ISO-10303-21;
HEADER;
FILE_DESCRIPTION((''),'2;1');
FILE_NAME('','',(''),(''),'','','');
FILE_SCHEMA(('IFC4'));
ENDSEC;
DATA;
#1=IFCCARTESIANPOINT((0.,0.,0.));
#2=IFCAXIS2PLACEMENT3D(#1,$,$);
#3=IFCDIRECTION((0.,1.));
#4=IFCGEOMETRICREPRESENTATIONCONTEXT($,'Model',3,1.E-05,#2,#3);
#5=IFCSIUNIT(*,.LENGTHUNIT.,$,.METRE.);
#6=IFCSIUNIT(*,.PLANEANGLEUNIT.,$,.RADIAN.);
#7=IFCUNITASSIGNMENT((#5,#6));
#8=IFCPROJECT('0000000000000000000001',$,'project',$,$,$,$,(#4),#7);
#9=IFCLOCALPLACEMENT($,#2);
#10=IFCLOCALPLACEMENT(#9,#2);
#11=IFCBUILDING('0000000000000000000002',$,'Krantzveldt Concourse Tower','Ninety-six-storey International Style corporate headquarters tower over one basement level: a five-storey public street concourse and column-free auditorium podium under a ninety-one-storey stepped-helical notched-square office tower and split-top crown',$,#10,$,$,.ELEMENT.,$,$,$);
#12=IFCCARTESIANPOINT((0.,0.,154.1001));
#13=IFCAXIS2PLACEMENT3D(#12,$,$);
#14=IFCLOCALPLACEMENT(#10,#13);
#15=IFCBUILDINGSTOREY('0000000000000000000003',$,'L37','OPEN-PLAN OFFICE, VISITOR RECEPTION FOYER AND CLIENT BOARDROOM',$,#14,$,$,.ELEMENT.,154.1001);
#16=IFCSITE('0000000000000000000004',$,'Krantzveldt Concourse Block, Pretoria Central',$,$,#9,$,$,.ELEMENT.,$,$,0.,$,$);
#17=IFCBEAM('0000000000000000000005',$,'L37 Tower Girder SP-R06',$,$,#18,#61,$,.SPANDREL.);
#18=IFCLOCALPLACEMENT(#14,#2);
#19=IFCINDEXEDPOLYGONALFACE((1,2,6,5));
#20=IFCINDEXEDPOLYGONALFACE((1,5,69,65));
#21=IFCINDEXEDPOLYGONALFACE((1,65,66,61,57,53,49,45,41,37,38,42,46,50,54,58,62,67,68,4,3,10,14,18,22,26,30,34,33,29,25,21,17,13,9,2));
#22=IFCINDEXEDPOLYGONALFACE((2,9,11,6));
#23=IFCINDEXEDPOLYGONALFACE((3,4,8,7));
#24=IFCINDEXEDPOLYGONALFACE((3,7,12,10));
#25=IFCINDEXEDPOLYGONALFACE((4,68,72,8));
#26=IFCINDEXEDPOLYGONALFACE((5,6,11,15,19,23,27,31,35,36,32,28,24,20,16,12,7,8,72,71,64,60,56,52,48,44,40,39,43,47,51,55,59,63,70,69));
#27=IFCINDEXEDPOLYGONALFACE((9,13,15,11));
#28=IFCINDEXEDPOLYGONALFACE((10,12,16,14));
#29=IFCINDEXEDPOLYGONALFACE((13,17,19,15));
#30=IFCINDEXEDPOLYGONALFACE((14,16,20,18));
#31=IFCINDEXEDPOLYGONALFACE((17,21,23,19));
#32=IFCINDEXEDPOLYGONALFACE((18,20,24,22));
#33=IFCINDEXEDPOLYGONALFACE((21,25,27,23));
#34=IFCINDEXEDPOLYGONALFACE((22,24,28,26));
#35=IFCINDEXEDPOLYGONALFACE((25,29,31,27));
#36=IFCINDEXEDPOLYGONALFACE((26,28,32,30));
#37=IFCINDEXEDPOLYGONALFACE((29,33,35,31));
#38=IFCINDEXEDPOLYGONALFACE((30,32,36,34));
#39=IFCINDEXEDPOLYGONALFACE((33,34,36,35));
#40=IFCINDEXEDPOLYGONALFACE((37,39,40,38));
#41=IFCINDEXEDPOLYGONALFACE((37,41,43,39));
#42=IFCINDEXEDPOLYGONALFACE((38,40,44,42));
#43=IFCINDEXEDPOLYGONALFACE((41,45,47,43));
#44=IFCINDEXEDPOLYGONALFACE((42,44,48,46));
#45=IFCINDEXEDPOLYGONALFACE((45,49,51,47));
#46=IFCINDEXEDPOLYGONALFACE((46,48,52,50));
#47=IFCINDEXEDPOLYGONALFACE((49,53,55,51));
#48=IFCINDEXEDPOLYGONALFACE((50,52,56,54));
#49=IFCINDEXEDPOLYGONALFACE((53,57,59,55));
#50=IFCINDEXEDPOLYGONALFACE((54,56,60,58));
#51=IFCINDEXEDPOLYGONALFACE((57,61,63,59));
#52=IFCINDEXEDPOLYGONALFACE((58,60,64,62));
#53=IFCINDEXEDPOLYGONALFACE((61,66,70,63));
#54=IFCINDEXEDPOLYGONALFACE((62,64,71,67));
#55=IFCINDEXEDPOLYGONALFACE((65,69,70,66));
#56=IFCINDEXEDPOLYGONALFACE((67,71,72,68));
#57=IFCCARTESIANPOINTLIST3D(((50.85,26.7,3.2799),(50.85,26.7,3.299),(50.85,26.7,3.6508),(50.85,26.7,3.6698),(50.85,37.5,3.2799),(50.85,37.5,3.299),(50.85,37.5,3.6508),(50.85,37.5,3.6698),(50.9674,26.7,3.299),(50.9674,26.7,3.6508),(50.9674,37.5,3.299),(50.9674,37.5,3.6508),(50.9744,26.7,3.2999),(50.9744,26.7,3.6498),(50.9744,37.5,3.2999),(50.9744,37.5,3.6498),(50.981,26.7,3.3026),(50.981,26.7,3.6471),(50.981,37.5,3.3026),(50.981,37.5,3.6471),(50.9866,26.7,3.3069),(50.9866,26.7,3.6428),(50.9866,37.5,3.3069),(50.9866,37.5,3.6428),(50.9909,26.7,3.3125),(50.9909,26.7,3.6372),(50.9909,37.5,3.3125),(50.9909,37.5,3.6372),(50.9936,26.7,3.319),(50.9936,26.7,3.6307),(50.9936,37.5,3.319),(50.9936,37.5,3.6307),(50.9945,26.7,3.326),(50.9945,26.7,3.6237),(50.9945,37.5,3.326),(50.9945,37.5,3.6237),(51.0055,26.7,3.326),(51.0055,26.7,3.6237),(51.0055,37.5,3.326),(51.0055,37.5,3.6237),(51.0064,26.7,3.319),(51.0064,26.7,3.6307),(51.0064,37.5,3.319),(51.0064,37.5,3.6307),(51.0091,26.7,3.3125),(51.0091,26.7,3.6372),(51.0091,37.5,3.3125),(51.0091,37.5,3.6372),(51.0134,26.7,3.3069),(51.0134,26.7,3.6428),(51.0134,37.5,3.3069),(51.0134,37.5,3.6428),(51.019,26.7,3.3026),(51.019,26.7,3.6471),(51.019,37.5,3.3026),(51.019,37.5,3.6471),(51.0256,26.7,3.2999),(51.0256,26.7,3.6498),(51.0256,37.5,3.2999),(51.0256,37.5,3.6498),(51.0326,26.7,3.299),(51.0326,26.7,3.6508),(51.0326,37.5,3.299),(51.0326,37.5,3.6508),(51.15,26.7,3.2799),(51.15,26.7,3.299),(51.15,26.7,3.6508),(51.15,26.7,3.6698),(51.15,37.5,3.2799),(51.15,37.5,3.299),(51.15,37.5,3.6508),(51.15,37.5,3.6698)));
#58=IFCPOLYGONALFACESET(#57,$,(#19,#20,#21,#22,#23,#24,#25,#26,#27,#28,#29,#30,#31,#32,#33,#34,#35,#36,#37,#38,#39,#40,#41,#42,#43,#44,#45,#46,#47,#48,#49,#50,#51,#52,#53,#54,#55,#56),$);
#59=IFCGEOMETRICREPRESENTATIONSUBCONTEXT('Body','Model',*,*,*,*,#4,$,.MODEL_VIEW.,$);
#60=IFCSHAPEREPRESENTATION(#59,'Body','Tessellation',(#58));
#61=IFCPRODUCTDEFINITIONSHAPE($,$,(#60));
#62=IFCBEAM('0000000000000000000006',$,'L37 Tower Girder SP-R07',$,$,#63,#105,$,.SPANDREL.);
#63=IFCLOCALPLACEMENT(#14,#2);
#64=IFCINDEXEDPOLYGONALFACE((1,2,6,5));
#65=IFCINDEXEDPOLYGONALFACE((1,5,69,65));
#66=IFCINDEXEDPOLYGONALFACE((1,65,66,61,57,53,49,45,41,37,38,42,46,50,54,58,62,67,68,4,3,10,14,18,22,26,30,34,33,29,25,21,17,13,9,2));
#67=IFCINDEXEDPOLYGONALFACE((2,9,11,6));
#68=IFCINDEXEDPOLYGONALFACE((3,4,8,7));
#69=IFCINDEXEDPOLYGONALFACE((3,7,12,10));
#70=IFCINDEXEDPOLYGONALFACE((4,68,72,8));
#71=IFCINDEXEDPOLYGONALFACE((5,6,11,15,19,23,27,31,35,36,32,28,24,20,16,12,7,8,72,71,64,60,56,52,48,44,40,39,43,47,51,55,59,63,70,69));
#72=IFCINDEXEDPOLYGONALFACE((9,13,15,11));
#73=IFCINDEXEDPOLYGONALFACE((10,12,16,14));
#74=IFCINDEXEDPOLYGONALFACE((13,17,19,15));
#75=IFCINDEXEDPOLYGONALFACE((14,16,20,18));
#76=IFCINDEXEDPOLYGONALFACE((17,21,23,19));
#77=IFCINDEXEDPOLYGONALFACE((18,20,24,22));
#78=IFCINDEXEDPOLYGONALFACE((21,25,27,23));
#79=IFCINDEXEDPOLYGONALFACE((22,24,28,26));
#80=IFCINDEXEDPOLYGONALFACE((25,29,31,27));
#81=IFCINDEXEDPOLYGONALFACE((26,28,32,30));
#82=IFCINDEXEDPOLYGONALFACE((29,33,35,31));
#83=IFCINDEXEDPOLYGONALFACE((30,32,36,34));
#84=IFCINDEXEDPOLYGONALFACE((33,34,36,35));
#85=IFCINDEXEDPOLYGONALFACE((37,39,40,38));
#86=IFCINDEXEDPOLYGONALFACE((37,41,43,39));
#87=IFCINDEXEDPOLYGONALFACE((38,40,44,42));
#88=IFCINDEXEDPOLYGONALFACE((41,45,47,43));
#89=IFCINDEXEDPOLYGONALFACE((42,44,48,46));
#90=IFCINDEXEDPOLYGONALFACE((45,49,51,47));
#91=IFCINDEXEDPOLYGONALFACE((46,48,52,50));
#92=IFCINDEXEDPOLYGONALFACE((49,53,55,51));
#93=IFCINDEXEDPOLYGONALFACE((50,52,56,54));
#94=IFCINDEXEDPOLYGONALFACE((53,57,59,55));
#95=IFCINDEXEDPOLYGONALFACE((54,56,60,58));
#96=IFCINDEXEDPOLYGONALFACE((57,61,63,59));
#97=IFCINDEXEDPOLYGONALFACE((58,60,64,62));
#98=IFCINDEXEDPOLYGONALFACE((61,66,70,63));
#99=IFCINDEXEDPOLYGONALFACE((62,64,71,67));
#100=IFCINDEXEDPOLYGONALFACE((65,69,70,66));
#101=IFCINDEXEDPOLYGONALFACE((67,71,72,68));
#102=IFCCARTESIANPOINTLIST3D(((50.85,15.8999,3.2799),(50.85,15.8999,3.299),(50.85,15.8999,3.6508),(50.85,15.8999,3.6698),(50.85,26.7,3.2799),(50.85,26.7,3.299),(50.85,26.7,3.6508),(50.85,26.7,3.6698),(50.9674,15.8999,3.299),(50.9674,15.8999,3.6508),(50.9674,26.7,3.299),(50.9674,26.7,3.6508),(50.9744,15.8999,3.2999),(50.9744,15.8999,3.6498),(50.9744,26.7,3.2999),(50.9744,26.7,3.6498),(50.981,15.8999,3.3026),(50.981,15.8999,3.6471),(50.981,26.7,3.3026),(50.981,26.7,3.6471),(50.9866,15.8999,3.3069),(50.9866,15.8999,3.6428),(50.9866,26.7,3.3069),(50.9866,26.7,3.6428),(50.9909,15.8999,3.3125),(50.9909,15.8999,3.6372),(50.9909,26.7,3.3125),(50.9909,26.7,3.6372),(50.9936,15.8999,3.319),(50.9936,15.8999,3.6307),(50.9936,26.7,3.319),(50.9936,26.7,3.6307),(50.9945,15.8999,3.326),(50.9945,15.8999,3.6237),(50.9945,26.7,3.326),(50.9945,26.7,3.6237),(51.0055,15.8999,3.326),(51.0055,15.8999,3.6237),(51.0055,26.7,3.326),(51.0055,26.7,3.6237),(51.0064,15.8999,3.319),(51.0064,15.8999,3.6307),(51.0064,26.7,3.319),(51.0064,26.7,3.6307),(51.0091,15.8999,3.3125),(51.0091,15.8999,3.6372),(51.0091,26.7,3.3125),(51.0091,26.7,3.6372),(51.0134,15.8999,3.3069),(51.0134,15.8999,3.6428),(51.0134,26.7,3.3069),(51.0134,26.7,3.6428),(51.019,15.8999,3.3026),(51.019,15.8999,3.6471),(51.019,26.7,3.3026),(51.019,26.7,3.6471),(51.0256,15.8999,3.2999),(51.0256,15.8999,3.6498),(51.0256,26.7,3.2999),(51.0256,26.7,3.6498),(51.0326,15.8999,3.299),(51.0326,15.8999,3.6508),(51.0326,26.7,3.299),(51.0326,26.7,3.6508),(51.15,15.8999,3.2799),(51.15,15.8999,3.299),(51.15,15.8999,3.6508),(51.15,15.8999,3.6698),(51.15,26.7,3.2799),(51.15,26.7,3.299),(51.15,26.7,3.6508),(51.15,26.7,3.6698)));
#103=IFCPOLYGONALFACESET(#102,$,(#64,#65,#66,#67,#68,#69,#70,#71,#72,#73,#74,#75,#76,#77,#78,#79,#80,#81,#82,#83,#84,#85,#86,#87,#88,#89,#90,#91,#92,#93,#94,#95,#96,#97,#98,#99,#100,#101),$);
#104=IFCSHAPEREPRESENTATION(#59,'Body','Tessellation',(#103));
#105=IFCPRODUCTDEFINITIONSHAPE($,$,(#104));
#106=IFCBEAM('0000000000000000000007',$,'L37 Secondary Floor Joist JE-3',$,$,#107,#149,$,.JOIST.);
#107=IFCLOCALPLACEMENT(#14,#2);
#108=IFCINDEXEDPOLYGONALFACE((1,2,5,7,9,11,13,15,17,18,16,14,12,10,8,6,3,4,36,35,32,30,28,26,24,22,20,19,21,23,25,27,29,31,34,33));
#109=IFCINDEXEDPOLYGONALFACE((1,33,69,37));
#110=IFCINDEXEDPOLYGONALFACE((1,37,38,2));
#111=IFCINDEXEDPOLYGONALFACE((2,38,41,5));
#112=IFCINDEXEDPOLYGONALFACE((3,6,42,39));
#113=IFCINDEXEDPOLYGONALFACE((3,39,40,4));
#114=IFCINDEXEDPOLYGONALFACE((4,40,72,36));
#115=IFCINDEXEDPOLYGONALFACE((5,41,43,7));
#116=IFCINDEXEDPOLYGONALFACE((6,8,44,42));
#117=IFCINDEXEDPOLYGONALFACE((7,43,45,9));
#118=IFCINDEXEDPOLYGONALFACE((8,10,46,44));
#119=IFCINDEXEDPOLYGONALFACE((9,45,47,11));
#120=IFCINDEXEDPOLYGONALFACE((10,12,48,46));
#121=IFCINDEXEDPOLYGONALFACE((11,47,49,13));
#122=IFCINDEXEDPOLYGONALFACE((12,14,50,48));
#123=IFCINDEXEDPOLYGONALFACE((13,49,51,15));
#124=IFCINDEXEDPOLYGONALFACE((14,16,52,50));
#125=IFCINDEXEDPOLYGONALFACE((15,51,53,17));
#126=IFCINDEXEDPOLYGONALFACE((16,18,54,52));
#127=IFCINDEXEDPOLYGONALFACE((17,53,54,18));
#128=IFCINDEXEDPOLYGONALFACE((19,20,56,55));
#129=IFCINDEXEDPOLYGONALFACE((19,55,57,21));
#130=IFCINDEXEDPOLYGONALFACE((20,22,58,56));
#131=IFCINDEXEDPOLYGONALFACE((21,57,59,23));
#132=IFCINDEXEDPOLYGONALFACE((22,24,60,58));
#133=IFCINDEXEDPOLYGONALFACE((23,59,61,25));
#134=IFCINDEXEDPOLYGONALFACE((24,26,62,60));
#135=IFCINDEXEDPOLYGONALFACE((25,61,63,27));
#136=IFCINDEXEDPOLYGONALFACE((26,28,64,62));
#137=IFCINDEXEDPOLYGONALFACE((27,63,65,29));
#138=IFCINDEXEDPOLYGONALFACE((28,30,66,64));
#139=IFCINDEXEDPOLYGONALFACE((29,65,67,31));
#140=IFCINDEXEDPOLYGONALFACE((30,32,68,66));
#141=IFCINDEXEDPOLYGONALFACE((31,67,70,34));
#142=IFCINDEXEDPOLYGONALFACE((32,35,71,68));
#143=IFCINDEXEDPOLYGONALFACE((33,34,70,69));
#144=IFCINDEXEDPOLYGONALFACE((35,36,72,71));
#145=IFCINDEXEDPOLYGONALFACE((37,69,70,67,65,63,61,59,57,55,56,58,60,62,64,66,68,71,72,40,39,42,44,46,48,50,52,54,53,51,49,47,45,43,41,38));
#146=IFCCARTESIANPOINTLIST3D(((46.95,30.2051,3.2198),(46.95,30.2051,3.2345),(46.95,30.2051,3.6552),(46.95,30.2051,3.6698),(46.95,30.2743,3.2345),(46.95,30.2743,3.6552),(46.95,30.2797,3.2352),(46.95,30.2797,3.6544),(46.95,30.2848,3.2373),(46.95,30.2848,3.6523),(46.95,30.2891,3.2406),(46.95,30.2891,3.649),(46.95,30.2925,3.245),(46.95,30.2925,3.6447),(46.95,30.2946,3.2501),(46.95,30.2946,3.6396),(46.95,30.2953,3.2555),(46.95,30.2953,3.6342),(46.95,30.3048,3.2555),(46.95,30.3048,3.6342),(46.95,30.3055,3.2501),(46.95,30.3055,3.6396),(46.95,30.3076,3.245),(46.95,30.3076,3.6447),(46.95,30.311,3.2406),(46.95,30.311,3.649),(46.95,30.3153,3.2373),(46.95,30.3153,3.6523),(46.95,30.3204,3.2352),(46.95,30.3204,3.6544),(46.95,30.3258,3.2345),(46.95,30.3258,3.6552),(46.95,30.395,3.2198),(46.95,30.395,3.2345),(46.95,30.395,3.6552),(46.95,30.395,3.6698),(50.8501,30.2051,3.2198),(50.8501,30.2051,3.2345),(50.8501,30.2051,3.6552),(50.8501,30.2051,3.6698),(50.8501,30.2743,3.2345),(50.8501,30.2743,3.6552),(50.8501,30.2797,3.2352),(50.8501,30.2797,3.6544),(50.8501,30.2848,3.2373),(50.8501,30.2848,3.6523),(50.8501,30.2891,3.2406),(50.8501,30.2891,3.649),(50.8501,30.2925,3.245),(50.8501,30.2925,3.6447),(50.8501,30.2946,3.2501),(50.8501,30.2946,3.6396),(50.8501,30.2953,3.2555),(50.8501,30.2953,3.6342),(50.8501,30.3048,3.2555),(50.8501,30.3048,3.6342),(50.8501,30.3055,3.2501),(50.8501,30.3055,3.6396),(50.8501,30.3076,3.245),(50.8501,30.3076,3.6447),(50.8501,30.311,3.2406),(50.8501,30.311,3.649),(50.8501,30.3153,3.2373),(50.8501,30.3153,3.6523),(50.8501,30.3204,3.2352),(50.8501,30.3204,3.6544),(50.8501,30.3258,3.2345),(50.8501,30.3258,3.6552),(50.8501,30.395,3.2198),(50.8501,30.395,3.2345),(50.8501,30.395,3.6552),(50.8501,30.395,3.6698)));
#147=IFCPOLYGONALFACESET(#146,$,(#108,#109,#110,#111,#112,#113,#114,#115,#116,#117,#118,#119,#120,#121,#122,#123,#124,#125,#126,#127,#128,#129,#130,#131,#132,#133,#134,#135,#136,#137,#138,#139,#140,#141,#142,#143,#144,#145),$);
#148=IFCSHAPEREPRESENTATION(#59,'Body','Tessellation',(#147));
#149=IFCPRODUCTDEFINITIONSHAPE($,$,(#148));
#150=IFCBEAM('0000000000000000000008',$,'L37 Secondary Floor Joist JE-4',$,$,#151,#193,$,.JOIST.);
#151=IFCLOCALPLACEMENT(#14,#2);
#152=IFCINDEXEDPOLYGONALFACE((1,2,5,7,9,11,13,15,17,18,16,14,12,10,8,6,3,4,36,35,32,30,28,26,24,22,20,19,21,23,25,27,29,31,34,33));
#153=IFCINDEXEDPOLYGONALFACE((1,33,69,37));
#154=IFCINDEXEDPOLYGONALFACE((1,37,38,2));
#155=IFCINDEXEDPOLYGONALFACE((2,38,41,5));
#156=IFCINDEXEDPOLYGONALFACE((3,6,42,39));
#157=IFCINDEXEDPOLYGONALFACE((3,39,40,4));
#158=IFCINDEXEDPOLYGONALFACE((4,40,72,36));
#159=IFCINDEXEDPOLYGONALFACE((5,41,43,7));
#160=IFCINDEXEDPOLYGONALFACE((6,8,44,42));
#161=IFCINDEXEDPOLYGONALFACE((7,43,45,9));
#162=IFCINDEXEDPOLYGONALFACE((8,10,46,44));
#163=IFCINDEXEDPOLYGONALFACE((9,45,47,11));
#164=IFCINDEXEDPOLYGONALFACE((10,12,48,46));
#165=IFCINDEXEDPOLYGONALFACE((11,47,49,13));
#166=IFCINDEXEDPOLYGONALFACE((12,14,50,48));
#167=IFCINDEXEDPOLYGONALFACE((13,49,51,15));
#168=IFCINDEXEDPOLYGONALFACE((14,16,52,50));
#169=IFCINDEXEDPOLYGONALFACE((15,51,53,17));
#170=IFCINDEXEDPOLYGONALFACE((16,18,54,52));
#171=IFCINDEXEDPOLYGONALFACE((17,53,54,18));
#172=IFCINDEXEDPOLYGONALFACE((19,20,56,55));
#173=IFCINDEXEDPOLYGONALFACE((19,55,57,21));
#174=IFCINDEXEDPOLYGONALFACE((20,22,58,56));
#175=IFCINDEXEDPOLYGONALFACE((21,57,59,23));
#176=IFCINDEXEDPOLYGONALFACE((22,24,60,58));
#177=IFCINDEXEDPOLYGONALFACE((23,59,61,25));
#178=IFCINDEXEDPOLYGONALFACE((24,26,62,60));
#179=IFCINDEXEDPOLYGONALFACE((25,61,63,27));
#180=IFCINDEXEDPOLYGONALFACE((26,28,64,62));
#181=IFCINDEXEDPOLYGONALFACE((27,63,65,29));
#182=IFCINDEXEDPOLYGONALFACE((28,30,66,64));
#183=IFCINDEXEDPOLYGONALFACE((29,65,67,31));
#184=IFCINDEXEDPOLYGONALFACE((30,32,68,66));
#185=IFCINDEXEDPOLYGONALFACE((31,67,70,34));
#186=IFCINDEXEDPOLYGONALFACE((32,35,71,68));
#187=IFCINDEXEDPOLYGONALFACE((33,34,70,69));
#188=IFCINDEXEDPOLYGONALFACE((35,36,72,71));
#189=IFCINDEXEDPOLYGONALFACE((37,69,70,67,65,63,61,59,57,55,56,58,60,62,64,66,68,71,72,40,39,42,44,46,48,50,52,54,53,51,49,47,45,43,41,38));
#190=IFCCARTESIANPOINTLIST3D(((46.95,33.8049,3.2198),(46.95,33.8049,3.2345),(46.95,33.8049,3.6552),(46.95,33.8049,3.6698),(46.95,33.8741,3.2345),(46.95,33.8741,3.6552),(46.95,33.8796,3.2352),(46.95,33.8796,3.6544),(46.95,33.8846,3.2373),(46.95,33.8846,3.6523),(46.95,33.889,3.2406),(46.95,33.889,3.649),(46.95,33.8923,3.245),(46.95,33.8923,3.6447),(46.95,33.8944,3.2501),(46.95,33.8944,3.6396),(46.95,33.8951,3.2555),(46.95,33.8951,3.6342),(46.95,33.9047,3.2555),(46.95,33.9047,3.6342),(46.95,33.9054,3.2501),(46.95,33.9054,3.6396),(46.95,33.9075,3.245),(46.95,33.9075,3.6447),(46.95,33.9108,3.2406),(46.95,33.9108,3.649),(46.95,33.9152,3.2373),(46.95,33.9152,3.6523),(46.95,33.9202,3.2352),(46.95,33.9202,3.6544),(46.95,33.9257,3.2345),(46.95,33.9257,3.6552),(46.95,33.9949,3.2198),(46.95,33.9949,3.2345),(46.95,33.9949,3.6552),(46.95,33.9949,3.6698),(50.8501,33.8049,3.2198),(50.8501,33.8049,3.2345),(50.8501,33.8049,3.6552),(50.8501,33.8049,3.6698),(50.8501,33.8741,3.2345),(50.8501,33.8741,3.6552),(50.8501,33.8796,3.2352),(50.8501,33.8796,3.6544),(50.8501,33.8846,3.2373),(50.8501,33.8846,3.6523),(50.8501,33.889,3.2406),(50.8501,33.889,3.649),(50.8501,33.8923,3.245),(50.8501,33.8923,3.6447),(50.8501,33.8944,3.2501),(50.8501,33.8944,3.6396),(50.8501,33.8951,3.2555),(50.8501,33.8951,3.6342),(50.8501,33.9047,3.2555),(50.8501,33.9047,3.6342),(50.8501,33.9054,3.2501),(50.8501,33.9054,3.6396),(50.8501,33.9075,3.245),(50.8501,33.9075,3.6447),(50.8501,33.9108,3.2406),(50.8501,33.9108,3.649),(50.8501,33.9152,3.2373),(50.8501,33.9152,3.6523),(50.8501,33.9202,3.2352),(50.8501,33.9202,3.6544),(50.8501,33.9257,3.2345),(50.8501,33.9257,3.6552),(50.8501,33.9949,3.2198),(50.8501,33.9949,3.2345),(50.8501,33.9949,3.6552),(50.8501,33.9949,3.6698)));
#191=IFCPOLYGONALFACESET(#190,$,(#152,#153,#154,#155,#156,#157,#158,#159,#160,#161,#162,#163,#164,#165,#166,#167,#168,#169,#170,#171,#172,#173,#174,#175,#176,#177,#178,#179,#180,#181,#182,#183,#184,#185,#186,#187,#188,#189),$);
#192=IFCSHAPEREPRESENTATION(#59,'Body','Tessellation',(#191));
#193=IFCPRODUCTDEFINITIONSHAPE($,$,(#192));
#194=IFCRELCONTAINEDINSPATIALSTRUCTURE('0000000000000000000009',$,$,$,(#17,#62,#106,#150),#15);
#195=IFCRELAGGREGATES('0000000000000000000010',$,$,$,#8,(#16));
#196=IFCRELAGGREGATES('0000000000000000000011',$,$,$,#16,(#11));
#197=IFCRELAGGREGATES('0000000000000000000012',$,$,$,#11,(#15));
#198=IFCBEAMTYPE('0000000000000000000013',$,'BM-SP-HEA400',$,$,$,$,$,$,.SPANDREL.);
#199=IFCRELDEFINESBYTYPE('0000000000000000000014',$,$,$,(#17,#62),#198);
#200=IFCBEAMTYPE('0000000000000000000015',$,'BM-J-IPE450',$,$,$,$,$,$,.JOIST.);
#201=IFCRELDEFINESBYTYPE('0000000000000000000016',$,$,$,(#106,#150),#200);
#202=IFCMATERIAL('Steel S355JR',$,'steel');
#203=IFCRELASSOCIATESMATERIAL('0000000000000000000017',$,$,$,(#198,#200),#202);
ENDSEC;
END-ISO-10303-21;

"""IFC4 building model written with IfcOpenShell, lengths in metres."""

from ifc_helpers import new_model, si_unit, direction, frame, origin, origin_2d, place, context, subcontext, project, spatial, i_section, extrude, source, transform, mapped, material, material_profile, profile_set, type_object, type_shapes, element, save


model = new_model("IFC4")

# Units and contexts
model_context = context("Model", 3, precision=1e-05, world=origin(), true_north=direction((0.0, 1.0)))
body_context = subcontext(model_context, "Body", "Model", "MODEL_VIEW")
ifc_project = project(units=[si_unit("LENGTHUNIT", "METRE"), si_unit("PLANEANGLEUNIT", "RADIAN")], contexts=[model_context])

# Site, building, storey
site_placement = place(None, origin())
site = spatial("IfcSite", under=ifc_project, at=site_placement, Name="Krantzveldt Concourse Block, Pretoria Central", CompositionType="ELEMENT", RefElevation=0.0)
building_placement = place(site_placement, origin())
building = spatial("IfcBuilding", under=site, at=building_placement, Name="Krantzveldt Concourse Tower", Description="Ninety-six-storey International Style corporate headquarters tower over one basement level: a five-storey public street concourse and column-free auditorium podium under a ninety-one-storey stepped-helical notched-square office tower and split-top crown", CompositionType="ELEMENT")
storey_placement = place(building_placement, frame((0.0, 0.0, 154.1001)))
storey = spatial("IfcBuildingStorey", under=building, at=storey_placement, Name="L37", Description="OPEN-PLAN OFFICE, VISITOR RECEPTION FOYER AND CLIENT BOARDROOM", CompositionType="ELEMENT", Elevation=154.1001)

# Beams
ifc_material_1 = material(Name="Steel S355JR", Category="steel")
ifc_material_profile_1 = material_profile(ifc_material_1, i_section(OverallWidth=0.3, OverallDepth=0.3899, WebThickness=0.011, FlangeThickness=0.019, FilletRadius=0.0271, at=origin_2d()), Name="Steel S355JR", Category="steel")
ifc_profile_set_1 = profile_set([ifc_material_profile_1], Name="Steel S355JR - HEA 400")
beam_type_1 = type_object("IfcBeamType", Name="BM-SP-HEA400", PredefinedType="SPANDREL", material=ifc_profile_set_1)
shared_shape_1 = source(origin(), body_context, "Body", "SweptSolid", [
    extrude(i_section(OverallWidth=0.3, OverallDepth=0.3899, WebThickness=0.011, FlangeThickness=0.019, FilletRadius=0.0271, at=origin_2d()), origin(), (0.0, 0.0, 1.0), 10.8),
])
type_shapes(beam_type_1, [shared_shape_1])
for number, where, z_axis, x_axis, name in (
    (1, (51.0, 37.5, 3.4749), (0.0, -1.0, 0.0), (1.0, 0.0, 0.0), "L37 Tower Girder SP-R06"),
    (2, (51.0, 26.7, 3.4749), (0.0, -1.0, 0.0), (1.0, 0.0, 0.0), "L37 Tower Girder SP-R07"),
):
    element("IfcBeam", number, at=place(storey_placement, frame(where, z_axis=z_axis, x_axis=x_axis)), inside=storey, type_object=beam_type_1, Name=name, PredefinedType="SPANDREL", context=body_context, shape_type="MappedRepresentation", body=[
        mapped(shared_shape_1, transform((0.0, 0.0, 0.0), x_axis=(1.0, 0.0, 0.0), y_axis=(0.0, 1.0, 0.0), z_axis=(0.0, 0.0, 1.0), scale=1.0)),
    ])
ifc_material_profile_2 = material_profile(ifc_material_1, i_section(OverallWidth=0.1899, OverallDepth=0.45, WebThickness=0.0095, FlangeThickness=0.0146, FilletRadius=0.021, at=origin_2d()), Name="Steel S355JR", Category="steel")
ifc_profile_set_2 = profile_set([ifc_material_profile_2], Name="Steel S355JR - IPE 450")
beam_type_2 = type_object("IfcBeamType", Name="BM-J-IPE450", PredefinedType="JOIST", material=ifc_profile_set_2)
shared_shape_2 = source(origin(), body_context, "Body", "SweptSolid", [
    extrude(i_section(OverallWidth=0.1899, OverallDepth=0.45, WebThickness=0.0095, FlangeThickness=0.0146, FilletRadius=0.021, at=origin_2d()), origin(), (0.0, 0.0, 1.0), 3.9001),
])
type_shapes(beam_type_2, [shared_shape_2])
for number, where, z_axis, x_axis, name in (
    (3, (46.95, 30.3, 3.4448), (1.0, 0.0, 0.0), (0.0, 1.0, 0.0), "L37 Secondary Floor Joist JE-3"),
    (4, (46.95, 33.8999, 3.4448), (1.0, 0.0, 0.0), (0.0, 1.0, 0.0), "L37 Secondary Floor Joist JE-4"),
):
    element("IfcBeam", number, at=place(storey_placement, frame(where, z_axis=z_axis, x_axis=x_axis)), inside=storey, type_object=beam_type_2, Name=name, PredefinedType="JOIST", context=body_context, shape_type="MappedRepresentation", body=[
        mapped(shared_shape_2, transform((0.0, 0.0, 0.0), x_axis=(1.0, 0.0, 0.0), y_axis=(0.0, 1.0, 0.0), z_axis=(0.0, 0.0, 1.0), scale=1.0)),
    ])

save(model, "model.ifc")
